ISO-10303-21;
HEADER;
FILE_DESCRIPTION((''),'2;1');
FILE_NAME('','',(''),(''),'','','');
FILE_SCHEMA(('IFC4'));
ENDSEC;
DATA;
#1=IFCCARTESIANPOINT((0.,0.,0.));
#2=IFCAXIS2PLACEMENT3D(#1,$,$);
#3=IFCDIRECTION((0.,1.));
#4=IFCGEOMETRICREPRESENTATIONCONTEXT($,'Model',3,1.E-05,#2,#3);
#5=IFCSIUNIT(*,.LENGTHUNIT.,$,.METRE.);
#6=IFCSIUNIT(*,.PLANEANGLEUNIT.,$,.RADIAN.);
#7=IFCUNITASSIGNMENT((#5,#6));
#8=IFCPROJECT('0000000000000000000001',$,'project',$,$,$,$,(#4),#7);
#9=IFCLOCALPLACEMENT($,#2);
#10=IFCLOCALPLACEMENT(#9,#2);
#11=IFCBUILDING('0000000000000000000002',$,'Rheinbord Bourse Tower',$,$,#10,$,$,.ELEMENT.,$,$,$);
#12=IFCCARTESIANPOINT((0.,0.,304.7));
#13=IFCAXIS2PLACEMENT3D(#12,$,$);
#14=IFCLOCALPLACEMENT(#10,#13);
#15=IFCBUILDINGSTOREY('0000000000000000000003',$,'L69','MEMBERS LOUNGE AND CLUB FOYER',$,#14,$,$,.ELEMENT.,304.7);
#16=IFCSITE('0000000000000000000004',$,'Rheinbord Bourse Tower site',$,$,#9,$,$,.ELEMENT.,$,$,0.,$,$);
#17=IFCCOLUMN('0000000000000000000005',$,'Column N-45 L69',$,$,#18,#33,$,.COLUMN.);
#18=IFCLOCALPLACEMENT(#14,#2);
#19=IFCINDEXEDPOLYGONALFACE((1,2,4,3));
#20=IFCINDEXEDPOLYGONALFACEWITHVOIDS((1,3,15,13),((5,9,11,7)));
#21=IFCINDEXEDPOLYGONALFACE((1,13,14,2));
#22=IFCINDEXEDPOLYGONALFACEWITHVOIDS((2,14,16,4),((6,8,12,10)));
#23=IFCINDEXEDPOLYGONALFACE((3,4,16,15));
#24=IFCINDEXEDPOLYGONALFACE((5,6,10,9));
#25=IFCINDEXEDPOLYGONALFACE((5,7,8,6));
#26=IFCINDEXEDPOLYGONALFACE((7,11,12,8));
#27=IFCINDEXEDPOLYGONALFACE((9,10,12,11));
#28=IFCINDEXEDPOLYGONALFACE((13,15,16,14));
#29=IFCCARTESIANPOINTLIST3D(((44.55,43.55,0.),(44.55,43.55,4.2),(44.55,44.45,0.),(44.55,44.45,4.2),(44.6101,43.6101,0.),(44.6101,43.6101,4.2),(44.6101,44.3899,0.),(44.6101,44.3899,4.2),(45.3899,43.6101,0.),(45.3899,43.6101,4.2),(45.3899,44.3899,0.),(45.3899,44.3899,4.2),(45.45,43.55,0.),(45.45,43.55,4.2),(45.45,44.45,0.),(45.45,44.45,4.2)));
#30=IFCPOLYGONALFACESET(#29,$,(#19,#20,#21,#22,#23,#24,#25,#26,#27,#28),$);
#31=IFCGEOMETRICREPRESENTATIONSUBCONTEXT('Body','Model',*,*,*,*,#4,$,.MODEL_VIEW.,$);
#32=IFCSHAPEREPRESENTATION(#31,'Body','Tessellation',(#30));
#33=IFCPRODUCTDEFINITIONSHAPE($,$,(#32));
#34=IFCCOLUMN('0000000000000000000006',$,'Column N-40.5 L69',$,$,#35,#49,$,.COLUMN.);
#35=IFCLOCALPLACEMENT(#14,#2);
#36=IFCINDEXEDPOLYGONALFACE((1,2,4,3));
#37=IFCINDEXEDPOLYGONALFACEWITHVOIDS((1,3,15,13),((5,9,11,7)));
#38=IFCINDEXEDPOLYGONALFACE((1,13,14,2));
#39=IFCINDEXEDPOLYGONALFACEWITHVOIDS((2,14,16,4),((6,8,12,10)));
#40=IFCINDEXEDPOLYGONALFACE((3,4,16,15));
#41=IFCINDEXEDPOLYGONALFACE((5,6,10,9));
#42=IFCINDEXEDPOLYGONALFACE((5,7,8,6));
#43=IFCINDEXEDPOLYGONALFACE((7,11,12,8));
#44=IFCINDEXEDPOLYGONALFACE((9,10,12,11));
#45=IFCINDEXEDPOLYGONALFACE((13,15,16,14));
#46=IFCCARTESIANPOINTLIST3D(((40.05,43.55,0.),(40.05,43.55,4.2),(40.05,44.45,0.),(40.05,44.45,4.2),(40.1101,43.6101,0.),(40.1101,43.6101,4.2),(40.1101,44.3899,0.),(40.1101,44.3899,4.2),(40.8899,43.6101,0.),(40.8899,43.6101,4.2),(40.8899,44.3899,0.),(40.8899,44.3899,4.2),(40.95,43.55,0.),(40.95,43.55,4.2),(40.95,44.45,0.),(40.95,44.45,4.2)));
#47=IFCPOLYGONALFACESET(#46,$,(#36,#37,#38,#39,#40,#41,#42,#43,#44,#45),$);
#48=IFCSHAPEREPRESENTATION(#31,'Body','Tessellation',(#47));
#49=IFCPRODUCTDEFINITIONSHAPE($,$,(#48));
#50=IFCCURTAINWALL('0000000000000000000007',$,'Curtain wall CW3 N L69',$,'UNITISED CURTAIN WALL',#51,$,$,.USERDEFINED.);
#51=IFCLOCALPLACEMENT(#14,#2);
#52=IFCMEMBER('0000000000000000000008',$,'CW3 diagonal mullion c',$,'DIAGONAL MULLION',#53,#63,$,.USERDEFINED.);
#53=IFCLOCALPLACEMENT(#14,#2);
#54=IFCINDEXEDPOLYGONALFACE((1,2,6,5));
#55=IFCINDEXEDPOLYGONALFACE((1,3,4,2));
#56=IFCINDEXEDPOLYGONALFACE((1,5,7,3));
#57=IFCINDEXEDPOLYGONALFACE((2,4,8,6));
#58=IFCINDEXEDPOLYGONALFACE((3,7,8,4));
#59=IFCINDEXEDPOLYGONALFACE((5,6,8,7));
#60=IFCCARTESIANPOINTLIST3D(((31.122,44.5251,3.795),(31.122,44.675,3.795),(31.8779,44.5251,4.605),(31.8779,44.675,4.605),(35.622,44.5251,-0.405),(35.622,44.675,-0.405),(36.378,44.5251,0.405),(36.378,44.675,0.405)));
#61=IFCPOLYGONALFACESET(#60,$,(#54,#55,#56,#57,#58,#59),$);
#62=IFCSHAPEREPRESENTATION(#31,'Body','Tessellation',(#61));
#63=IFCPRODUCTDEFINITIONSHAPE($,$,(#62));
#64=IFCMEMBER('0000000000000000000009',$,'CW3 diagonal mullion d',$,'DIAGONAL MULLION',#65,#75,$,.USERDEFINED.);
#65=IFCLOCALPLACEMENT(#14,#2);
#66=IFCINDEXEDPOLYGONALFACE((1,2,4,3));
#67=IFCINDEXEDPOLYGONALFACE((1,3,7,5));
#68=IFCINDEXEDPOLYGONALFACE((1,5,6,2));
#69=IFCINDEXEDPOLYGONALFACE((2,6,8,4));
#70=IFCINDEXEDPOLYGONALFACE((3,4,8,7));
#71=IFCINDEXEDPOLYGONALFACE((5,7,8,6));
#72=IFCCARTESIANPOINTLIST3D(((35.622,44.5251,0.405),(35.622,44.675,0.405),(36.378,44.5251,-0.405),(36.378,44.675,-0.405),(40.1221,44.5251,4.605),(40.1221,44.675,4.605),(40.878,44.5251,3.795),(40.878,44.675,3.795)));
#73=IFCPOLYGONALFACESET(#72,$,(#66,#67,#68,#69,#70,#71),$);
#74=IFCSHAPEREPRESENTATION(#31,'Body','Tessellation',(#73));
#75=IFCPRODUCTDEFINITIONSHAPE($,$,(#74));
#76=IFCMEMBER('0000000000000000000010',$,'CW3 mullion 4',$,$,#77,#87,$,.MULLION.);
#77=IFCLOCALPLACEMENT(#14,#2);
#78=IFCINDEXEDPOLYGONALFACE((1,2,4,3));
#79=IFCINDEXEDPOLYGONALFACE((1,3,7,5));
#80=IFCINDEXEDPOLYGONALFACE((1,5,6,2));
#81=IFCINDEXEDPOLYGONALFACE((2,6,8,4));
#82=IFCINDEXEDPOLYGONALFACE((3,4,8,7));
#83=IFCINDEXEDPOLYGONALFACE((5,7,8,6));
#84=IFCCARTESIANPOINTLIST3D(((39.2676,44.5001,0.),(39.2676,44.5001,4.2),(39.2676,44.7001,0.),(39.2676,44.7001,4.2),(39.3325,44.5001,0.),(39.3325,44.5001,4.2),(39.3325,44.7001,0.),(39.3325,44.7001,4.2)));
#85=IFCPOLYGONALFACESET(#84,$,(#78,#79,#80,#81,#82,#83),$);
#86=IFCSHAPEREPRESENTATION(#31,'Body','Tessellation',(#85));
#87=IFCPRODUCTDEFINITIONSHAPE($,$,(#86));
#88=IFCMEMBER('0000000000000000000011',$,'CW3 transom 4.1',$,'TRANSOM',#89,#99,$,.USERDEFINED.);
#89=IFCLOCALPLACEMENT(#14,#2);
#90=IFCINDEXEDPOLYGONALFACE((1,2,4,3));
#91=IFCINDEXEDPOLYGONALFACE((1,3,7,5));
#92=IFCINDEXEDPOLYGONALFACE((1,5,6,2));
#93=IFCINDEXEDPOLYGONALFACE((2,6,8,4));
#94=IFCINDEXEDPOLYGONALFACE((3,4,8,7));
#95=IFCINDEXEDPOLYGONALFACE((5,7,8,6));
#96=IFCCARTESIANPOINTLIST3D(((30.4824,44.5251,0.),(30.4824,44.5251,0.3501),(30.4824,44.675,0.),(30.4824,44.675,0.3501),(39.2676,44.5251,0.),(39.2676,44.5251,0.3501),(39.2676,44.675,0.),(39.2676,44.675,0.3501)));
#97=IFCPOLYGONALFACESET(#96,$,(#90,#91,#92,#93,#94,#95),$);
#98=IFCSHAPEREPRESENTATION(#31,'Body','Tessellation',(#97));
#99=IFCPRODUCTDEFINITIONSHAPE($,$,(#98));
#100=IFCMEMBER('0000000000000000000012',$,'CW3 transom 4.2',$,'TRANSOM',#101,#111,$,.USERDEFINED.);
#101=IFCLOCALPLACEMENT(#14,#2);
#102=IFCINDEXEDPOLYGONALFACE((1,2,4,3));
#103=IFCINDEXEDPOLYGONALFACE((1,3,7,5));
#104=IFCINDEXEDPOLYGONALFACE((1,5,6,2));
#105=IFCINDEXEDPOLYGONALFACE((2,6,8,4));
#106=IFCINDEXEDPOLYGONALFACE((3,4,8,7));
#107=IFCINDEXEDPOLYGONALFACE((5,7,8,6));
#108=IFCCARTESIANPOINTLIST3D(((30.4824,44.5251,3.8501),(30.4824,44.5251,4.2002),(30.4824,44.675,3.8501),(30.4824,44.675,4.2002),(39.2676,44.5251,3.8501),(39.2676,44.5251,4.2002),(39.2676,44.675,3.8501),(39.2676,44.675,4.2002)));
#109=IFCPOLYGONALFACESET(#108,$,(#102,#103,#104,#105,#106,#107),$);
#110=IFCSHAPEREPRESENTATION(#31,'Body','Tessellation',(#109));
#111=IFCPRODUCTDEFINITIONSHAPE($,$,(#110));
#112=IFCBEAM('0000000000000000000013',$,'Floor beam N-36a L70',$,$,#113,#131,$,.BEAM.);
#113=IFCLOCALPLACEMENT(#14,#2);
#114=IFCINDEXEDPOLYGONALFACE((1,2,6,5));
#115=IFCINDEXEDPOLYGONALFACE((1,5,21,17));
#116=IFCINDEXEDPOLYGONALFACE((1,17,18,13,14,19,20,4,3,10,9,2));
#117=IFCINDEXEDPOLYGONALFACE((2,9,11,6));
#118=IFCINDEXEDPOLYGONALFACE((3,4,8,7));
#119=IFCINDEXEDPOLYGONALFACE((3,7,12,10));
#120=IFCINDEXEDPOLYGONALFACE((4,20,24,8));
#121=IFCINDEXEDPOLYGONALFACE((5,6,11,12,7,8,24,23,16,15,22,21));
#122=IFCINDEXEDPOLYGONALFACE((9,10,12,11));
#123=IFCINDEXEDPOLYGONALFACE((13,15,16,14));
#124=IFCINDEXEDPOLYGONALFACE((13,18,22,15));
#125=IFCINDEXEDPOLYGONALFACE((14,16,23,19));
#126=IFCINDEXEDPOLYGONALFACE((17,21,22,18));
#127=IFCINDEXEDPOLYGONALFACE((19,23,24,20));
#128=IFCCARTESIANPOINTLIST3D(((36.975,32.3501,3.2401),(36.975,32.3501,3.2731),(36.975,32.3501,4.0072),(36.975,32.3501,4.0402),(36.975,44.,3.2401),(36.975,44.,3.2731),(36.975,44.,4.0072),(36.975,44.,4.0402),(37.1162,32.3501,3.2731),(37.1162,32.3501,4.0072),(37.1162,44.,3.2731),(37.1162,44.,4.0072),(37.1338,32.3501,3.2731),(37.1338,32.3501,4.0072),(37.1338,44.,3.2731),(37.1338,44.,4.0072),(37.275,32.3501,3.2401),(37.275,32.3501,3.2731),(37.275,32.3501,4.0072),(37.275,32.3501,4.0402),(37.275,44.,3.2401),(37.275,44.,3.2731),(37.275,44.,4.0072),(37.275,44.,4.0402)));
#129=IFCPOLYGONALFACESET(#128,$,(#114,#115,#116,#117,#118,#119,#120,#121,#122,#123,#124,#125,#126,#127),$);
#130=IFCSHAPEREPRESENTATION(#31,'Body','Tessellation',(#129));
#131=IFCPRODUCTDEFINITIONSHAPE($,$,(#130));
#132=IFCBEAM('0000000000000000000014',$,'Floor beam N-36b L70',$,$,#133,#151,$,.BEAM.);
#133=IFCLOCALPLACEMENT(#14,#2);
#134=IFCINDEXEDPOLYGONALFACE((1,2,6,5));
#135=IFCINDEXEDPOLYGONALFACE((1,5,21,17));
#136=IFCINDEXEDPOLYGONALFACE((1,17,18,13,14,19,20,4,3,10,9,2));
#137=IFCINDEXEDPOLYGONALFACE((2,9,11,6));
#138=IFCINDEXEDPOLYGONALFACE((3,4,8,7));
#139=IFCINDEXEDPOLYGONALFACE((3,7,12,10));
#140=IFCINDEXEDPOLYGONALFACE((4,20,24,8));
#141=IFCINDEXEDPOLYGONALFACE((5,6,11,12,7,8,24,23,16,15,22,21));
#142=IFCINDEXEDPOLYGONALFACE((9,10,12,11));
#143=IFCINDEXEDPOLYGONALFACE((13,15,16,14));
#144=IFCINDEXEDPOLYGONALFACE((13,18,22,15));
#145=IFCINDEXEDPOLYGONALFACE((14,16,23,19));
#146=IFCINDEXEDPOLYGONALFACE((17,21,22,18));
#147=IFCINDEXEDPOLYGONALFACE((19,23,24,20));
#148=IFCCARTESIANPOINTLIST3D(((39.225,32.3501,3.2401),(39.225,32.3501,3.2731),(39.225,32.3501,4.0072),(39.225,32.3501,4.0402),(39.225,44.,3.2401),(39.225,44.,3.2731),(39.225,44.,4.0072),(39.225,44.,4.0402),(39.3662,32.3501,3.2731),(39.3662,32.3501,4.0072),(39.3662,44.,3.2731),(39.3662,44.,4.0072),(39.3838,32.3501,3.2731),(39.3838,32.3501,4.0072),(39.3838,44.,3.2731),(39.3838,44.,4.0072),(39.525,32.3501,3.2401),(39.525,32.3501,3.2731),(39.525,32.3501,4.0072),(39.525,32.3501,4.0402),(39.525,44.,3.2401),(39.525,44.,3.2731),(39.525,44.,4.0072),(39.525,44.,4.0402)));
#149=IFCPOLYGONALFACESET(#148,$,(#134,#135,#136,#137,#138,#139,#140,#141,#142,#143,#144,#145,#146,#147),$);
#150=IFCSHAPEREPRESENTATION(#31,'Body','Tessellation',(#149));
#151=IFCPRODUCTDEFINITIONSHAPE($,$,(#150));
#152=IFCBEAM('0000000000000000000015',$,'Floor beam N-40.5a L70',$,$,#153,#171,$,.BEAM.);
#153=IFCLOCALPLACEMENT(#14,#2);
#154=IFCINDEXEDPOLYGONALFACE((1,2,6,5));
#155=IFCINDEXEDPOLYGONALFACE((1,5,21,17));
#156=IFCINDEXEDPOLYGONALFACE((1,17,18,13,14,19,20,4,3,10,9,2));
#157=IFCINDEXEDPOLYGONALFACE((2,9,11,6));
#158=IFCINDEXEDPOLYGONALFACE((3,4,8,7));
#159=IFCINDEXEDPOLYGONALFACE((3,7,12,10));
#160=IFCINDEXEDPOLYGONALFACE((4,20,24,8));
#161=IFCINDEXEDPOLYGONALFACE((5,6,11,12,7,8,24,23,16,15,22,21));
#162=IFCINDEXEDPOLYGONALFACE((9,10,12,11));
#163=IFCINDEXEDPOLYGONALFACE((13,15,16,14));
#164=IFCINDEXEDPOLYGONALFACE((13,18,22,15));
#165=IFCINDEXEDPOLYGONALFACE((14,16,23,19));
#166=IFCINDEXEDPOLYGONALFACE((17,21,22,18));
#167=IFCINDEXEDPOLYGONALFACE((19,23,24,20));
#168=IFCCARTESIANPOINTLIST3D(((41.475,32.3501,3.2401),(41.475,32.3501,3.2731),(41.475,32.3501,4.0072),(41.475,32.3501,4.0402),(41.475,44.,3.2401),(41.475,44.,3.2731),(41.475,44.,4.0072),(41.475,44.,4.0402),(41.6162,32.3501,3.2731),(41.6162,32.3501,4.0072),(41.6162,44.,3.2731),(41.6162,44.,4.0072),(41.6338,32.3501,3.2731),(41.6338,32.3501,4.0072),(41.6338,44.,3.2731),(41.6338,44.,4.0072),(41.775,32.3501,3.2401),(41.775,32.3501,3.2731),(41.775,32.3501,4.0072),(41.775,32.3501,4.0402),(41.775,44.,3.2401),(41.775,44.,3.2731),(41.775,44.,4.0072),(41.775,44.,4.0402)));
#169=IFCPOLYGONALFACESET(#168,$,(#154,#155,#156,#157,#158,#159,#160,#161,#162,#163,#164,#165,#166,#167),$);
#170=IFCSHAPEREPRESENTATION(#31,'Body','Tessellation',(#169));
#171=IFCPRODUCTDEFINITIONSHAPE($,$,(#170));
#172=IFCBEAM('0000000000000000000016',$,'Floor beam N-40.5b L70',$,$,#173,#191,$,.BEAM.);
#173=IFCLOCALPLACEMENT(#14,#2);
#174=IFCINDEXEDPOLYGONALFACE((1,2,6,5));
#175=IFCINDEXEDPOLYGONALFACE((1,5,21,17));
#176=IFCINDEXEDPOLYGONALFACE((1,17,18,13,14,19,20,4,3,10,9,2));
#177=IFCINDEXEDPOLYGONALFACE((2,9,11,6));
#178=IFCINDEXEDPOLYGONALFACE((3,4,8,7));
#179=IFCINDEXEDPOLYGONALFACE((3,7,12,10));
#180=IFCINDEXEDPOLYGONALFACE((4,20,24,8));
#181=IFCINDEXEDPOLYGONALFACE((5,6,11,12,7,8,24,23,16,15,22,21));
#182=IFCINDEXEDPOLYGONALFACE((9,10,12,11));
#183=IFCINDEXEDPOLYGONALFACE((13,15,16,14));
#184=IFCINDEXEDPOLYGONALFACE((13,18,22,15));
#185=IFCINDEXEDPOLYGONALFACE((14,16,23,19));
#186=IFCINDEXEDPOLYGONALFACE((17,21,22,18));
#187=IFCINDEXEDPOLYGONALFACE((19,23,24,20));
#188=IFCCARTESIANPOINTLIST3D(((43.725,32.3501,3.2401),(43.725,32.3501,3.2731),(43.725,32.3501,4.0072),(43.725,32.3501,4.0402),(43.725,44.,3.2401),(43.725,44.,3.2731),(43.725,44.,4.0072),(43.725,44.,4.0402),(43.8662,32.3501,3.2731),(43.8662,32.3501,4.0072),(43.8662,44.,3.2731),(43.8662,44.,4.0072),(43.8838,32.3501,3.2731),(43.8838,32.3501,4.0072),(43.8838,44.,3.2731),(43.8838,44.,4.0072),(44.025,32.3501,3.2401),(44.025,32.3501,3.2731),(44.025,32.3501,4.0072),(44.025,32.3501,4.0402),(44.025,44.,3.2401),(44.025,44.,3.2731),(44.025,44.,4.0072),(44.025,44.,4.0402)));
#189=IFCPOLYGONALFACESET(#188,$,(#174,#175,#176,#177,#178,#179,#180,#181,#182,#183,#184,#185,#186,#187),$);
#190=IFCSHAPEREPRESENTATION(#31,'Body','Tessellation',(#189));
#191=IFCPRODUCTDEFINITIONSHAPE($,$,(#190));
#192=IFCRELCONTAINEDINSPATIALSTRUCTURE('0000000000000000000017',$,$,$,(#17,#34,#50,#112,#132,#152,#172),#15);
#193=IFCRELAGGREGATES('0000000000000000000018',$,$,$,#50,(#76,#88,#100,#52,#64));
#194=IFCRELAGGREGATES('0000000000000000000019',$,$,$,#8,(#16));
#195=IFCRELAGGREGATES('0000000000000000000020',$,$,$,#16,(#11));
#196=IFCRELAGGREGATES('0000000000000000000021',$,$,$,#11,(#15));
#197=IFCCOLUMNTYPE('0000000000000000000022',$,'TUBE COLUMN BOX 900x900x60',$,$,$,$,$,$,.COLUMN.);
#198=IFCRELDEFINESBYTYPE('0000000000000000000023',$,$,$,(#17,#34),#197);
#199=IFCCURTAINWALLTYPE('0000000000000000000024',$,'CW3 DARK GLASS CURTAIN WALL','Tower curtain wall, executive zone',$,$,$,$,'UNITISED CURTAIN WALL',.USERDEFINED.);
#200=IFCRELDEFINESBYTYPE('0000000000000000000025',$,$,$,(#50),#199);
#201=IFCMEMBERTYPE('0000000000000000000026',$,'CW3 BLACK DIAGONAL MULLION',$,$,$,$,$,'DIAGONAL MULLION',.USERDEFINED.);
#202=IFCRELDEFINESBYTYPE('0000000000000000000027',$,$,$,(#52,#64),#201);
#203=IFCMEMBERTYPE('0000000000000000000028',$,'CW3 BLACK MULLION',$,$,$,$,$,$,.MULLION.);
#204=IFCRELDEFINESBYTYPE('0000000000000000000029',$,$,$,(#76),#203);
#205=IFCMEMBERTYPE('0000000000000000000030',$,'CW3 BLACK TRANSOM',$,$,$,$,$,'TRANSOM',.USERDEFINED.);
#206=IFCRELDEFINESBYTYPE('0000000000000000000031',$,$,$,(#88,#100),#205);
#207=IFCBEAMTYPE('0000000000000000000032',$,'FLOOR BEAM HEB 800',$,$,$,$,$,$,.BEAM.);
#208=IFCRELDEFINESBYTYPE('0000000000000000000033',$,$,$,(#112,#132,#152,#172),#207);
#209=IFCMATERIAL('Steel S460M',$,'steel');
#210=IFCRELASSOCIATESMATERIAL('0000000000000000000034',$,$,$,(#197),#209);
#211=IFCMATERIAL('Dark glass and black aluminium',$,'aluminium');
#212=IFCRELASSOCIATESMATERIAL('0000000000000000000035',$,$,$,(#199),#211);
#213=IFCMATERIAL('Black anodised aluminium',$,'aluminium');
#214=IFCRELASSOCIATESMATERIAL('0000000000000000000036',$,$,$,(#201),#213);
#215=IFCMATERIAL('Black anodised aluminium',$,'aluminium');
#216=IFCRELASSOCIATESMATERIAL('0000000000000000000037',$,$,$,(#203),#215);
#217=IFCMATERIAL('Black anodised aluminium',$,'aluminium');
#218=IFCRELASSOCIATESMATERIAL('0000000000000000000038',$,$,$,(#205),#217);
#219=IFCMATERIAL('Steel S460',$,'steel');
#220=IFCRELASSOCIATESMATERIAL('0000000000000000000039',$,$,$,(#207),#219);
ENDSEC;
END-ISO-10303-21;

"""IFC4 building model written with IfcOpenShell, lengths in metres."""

from ifc_helpers import new_model, si_unit, direction, frame, origin, origin_2d, place, context, subcontext, project, spatial, rectangle, hollow_rectangle, i_section, extrude, material, material_profile, profile_set, type_object, element, aggregate, save


model = new_model("IFC4")

# Units and contexts
model_context = context("Model", 3, precision=1e-05, world=origin(), true_north=direction((0.0, 1.0)))
body_context = subcontext(model_context, "Body", "Model", "MODEL_VIEW")
ifc_project = project(units=[si_unit("LENGTHUNIT", "METRE"), si_unit("PLANEANGLEUNIT", "RADIAN")], contexts=[model_context])

# Site, building, storey
site_placement = place(None, origin())
site = spatial("IfcSite", under=ifc_project, at=site_placement, Name="Rheinbord Bourse Tower site", CompositionType="ELEMENT", RefElevation=0.0)
building_placement = place(site_placement, origin())
building = spatial("IfcBuilding", under=site, at=building_placement, Name="Rheinbord Bourse Tower", CompositionType="ELEMENT")
storey_placement = place(building_placement, frame((0.0, 0.0, 304.7)))
storey = spatial("IfcBuildingStorey", under=building, at=storey_placement, Name="L69", Description="MEMBERS LOUNGE AND CLUB FOYER", CompositionType="ELEMENT", Elevation=304.7)

# Columns
ifc_material_1 = material(Name="Steel S460M", Category="steel")
ifc_material_profile_1 = material_profile(ifc_material_1, hollow_rectangle(XDim=0.8999, YDim=0.8999, WallThickness=0.0601, at=origin_2d()), Name="BOX 900x900x60")
ifc_profile_set_1 = profile_set([ifc_material_profile_1], Name="Steel S460M")
column_type = type_object("IfcColumnType", Name="TUBE COLUMN BOX 900x900x60", PredefinedType="COLUMN", material=ifc_profile_set_1)
for number, where, z_axis, x_axis, name in (
    (1, (45.0, 44.0, 0.0), (0.0, 0.0, 1.0), (0.0, 1.0, 0.0), "Column N-45 L69"),
    (2, (40.5, 44.0, 0.0), (0.0, 0.0, 1.0), (0.0, 1.0, 0.0), "Column N-40.5 L69"),
):
    element("IfcColumn", number, at=place(storey_placement, frame(where, z_axis=z_axis, x_axis=x_axis)), inside=storey, type_object=column_type, Name=name, PredefinedType="COLUMN", context=body_context, shape_type="SweptSolid", body=[
        extrude(hollow_rectangle(XDim=0.8999, YDim=0.8999, WallThickness=0.0601, at=origin_2d()), origin(), (0.0, 0.0, 1.0), 4.2),
    ])

# Curtain wall, members
ifc_material_2 = material(Name="Dark glass and black aluminium", Category="aluminium")
curtain_wall_type = type_object("IfcCurtainWallType", Name="CW3 DARK GLASS CURTAIN WALL", Description="Tower curtain wall, executive zone", ElementType="UNITISED CURTAIN WALL", PredefinedType="USERDEFINED", material=ifc_material_2)
curtain_wall_placement = place(storey_placement, origin())
curtain_wall = element("IfcCurtainWall", 3, at=curtain_wall_placement, inside=storey, type_object=curtain_wall_type, Name="Curtain wall CW3 N L69", ObjectType="UNITISED CURTAIN WALL", PredefinedType="USERDEFINED")
ifc_material_3 = material(Name="Black anodised aluminium", Category="aluminium")
ifc_material_profile_2 = material_profile(ifc_material_3, rectangle(XDim=0.1499, YDim=1.1079, at=origin_2d()), Name="CW3 DIAGONAL MULLION 1108x150")
ifc_profile_set_2 = profile_set([ifc_material_profile_2], Name="Black anodised aluminium")
member_type_1 = type_object("IfcMemberType", Name="CW3 BLACK DIAGONAL MULLION", ElementType="DIAGONAL MULLION", PredefinedType="USERDEFINED", material=ifc_profile_set_2)
member_1_placement = place(storey_placement, frame((36.0, 44.6001, 0.0), z_axis=(-0.731059, 0.0, 0.682314), x_axis=(0.0, -1.0, 0.0)))
member_1 = element("IfcMember", 4, at=member_1_placement, type_object=member_type_1, Name="CW3 diagonal mullion c", ObjectType="DIAGONAL MULLION", PredefinedType="USERDEFINED", context=body_context, shape_type="SweptSolid", body=[
    extrude(rectangle(XDim=0.1499, YDim=1.1079, at=origin_2d()), origin(), (0.0, 0.0, 1.0), 6.1555),
])
member_2_placement = place(storey_placement, frame((36.0, 44.6001, 0.0), z_axis=(0.731059, 0.0, 0.682314), x_axis=(0.0, 1.0, 0.0)))
member_2 = element("IfcMember", 5, at=member_2_placement, type_object=member_type_1, Name="CW3 diagonal mullion d", ObjectType="DIAGONAL MULLION", PredefinedType="USERDEFINED", context=body_context, shape_type="SweptSolid", body=[
    extrude(rectangle(XDim=0.1499, YDim=1.1079, at=origin_2d()), origin(), (0.0, 0.0, 1.0), 6.1555),
])
ifc_material_4 = material(Name="Black anodised aluminium", Category="aluminium")
ifc_material_profile_3 = material_profile(ifc_material_4, rectangle(XDim=0.2, YDim=0.0649, at=origin_2d()), Name="CW3 MULLION 65x200")
ifc_profile_set_3 = profile_set([ifc_material_profile_3], Name="Black anodised aluminium")
member_type_2 = type_object("IfcMemberType", Name="CW3 BLACK MULLION", PredefinedType="MULLION", material=ifc_profile_set_3)
member_3_placement = place(storey_placement, frame((39.3, 44.6001, 0.0), z_axis=(0.0, 0.0, 1.0), x_axis=(0.0, -1.0, 0.0)))
member_3 = element("IfcMember", 6, at=member_3_placement, type_object=member_type_2, Name="CW3 mullion 4", PredefinedType="MULLION", context=body_context, shape_type="SweptSolid", body=[
    extrude(rectangle(XDim=0.2, YDim=0.0649, at=origin_2d()), origin(), (0.0, 0.0, 1.0), 4.2),
])
ifc_material_5 = material(Name="Black anodised aluminium", Category="aluminium")
ifc_material_profile_4 = material_profile(ifc_material_5, rectangle(XDim=0.1499, YDim=0.3501, at=origin_2d()), Name="CW3 TRANSOM 350x150")
ifc_profile_set_4 = profile_set([ifc_material_profile_4], Name="Black anodised aluminium")
member_type_3 = type_object("IfcMemberType", Name="CW3 BLACK TRANSOM", ElementType="TRANSOM", PredefinedType="USERDEFINED", material=ifc_profile_set_4)
member_4_placement = place(storey_placement, frame((39.2676, 44.6001, 0.175), z_axis=(-1.0, 0.0, 0.0), x_axis=(0.0, -1.0, 0.0)))
member_4 = element("IfcMember", 7, at=member_4_placement, type_object=member_type_3, Name="CW3 transom 4.1", ObjectType="TRANSOM", PredefinedType="USERDEFINED", context=body_context, shape_type="SweptSolid", body=[
    extrude(rectangle(XDim=0.1499, YDim=0.3501, at=origin_2d()), origin(), (0.0, 0.0, 1.0), 8.7852),
])
member_5_placement = place(storey_placement, frame((39.2676, 44.6001, 4.0251), z_axis=(-1.0, 0.0, 0.0), x_axis=(0.0, -1.0, 0.0)))
member_5 = element("IfcMember", 8, at=member_5_placement, type_object=member_type_3, Name="CW3 transom 4.2", ObjectType="TRANSOM", PredefinedType="USERDEFINED", context=body_context, shape_type="SweptSolid", body=[
    extrude(rectangle(XDim=0.1499, YDim=0.3501, at=origin_2d()), origin(), (0.0, 0.0, 1.0), 8.7852),
])

# Beams
ifc_material_6 = material(Name="Steel S460", Category="steel")
ifc_material_profile_5 = material_profile(ifc_material_6, i_section(OverallWidth=0.3, OverallDepth=0.8, WebThickness=0.0176, FlangeThickness=0.033, at=origin_2d()), Name="HEB 800")
ifc_profile_set_5 = profile_set([ifc_material_profile_5], Name="Steel S460")
beam_type_1 = type_object("IfcBeamType", Name="FLOOR BEAM HEB 800", PredefinedType="BEAM", material=ifc_profile_set_5)
for number, where, z_axis, x_axis, name in (
    (9, (37.125, 44.0, 3.6401), (0.0, -1.0, 0.0), (1.0, 0.0, 0.0), "Floor beam N-36a L70"),
    (10, (39.375, 44.0, 3.6401), (0.0, -1.0, 0.0), (1.0, 0.0, 0.0), "Floor beam N-36b L70"),
    (11, (41.625, 44.0, 3.6401), (0.0, -1.0, 0.0), (1.0, 0.0, 0.0), "Floor beam N-40.5a L70"),
    (12, (43.875, 44.0, 3.6401), (0.0, -1.0, 0.0), (1.0, 0.0, 0.0), "Floor beam N-40.5b L70"),
):
    element("IfcBeam", number, at=place(storey_placement, frame(where, z_axis=z_axis, x_axis=x_axis)), inside=storey, type_object=beam_type_1, Name=name, PredefinedType="BEAM", context=body_context, shape_type="SweptSolid", body=[
        extrude(i_section(OverallWidth=0.3, OverallDepth=0.8, WebThickness=0.0176, FlangeThickness=0.033, at=origin_2d()), origin(), (0.0, 0.0, 1.0), 11.6499),
    ])

aggregate(curtain_wall, [member_3, member_4, member_5, member_1, member_2])

save(model, "model.ifc")
